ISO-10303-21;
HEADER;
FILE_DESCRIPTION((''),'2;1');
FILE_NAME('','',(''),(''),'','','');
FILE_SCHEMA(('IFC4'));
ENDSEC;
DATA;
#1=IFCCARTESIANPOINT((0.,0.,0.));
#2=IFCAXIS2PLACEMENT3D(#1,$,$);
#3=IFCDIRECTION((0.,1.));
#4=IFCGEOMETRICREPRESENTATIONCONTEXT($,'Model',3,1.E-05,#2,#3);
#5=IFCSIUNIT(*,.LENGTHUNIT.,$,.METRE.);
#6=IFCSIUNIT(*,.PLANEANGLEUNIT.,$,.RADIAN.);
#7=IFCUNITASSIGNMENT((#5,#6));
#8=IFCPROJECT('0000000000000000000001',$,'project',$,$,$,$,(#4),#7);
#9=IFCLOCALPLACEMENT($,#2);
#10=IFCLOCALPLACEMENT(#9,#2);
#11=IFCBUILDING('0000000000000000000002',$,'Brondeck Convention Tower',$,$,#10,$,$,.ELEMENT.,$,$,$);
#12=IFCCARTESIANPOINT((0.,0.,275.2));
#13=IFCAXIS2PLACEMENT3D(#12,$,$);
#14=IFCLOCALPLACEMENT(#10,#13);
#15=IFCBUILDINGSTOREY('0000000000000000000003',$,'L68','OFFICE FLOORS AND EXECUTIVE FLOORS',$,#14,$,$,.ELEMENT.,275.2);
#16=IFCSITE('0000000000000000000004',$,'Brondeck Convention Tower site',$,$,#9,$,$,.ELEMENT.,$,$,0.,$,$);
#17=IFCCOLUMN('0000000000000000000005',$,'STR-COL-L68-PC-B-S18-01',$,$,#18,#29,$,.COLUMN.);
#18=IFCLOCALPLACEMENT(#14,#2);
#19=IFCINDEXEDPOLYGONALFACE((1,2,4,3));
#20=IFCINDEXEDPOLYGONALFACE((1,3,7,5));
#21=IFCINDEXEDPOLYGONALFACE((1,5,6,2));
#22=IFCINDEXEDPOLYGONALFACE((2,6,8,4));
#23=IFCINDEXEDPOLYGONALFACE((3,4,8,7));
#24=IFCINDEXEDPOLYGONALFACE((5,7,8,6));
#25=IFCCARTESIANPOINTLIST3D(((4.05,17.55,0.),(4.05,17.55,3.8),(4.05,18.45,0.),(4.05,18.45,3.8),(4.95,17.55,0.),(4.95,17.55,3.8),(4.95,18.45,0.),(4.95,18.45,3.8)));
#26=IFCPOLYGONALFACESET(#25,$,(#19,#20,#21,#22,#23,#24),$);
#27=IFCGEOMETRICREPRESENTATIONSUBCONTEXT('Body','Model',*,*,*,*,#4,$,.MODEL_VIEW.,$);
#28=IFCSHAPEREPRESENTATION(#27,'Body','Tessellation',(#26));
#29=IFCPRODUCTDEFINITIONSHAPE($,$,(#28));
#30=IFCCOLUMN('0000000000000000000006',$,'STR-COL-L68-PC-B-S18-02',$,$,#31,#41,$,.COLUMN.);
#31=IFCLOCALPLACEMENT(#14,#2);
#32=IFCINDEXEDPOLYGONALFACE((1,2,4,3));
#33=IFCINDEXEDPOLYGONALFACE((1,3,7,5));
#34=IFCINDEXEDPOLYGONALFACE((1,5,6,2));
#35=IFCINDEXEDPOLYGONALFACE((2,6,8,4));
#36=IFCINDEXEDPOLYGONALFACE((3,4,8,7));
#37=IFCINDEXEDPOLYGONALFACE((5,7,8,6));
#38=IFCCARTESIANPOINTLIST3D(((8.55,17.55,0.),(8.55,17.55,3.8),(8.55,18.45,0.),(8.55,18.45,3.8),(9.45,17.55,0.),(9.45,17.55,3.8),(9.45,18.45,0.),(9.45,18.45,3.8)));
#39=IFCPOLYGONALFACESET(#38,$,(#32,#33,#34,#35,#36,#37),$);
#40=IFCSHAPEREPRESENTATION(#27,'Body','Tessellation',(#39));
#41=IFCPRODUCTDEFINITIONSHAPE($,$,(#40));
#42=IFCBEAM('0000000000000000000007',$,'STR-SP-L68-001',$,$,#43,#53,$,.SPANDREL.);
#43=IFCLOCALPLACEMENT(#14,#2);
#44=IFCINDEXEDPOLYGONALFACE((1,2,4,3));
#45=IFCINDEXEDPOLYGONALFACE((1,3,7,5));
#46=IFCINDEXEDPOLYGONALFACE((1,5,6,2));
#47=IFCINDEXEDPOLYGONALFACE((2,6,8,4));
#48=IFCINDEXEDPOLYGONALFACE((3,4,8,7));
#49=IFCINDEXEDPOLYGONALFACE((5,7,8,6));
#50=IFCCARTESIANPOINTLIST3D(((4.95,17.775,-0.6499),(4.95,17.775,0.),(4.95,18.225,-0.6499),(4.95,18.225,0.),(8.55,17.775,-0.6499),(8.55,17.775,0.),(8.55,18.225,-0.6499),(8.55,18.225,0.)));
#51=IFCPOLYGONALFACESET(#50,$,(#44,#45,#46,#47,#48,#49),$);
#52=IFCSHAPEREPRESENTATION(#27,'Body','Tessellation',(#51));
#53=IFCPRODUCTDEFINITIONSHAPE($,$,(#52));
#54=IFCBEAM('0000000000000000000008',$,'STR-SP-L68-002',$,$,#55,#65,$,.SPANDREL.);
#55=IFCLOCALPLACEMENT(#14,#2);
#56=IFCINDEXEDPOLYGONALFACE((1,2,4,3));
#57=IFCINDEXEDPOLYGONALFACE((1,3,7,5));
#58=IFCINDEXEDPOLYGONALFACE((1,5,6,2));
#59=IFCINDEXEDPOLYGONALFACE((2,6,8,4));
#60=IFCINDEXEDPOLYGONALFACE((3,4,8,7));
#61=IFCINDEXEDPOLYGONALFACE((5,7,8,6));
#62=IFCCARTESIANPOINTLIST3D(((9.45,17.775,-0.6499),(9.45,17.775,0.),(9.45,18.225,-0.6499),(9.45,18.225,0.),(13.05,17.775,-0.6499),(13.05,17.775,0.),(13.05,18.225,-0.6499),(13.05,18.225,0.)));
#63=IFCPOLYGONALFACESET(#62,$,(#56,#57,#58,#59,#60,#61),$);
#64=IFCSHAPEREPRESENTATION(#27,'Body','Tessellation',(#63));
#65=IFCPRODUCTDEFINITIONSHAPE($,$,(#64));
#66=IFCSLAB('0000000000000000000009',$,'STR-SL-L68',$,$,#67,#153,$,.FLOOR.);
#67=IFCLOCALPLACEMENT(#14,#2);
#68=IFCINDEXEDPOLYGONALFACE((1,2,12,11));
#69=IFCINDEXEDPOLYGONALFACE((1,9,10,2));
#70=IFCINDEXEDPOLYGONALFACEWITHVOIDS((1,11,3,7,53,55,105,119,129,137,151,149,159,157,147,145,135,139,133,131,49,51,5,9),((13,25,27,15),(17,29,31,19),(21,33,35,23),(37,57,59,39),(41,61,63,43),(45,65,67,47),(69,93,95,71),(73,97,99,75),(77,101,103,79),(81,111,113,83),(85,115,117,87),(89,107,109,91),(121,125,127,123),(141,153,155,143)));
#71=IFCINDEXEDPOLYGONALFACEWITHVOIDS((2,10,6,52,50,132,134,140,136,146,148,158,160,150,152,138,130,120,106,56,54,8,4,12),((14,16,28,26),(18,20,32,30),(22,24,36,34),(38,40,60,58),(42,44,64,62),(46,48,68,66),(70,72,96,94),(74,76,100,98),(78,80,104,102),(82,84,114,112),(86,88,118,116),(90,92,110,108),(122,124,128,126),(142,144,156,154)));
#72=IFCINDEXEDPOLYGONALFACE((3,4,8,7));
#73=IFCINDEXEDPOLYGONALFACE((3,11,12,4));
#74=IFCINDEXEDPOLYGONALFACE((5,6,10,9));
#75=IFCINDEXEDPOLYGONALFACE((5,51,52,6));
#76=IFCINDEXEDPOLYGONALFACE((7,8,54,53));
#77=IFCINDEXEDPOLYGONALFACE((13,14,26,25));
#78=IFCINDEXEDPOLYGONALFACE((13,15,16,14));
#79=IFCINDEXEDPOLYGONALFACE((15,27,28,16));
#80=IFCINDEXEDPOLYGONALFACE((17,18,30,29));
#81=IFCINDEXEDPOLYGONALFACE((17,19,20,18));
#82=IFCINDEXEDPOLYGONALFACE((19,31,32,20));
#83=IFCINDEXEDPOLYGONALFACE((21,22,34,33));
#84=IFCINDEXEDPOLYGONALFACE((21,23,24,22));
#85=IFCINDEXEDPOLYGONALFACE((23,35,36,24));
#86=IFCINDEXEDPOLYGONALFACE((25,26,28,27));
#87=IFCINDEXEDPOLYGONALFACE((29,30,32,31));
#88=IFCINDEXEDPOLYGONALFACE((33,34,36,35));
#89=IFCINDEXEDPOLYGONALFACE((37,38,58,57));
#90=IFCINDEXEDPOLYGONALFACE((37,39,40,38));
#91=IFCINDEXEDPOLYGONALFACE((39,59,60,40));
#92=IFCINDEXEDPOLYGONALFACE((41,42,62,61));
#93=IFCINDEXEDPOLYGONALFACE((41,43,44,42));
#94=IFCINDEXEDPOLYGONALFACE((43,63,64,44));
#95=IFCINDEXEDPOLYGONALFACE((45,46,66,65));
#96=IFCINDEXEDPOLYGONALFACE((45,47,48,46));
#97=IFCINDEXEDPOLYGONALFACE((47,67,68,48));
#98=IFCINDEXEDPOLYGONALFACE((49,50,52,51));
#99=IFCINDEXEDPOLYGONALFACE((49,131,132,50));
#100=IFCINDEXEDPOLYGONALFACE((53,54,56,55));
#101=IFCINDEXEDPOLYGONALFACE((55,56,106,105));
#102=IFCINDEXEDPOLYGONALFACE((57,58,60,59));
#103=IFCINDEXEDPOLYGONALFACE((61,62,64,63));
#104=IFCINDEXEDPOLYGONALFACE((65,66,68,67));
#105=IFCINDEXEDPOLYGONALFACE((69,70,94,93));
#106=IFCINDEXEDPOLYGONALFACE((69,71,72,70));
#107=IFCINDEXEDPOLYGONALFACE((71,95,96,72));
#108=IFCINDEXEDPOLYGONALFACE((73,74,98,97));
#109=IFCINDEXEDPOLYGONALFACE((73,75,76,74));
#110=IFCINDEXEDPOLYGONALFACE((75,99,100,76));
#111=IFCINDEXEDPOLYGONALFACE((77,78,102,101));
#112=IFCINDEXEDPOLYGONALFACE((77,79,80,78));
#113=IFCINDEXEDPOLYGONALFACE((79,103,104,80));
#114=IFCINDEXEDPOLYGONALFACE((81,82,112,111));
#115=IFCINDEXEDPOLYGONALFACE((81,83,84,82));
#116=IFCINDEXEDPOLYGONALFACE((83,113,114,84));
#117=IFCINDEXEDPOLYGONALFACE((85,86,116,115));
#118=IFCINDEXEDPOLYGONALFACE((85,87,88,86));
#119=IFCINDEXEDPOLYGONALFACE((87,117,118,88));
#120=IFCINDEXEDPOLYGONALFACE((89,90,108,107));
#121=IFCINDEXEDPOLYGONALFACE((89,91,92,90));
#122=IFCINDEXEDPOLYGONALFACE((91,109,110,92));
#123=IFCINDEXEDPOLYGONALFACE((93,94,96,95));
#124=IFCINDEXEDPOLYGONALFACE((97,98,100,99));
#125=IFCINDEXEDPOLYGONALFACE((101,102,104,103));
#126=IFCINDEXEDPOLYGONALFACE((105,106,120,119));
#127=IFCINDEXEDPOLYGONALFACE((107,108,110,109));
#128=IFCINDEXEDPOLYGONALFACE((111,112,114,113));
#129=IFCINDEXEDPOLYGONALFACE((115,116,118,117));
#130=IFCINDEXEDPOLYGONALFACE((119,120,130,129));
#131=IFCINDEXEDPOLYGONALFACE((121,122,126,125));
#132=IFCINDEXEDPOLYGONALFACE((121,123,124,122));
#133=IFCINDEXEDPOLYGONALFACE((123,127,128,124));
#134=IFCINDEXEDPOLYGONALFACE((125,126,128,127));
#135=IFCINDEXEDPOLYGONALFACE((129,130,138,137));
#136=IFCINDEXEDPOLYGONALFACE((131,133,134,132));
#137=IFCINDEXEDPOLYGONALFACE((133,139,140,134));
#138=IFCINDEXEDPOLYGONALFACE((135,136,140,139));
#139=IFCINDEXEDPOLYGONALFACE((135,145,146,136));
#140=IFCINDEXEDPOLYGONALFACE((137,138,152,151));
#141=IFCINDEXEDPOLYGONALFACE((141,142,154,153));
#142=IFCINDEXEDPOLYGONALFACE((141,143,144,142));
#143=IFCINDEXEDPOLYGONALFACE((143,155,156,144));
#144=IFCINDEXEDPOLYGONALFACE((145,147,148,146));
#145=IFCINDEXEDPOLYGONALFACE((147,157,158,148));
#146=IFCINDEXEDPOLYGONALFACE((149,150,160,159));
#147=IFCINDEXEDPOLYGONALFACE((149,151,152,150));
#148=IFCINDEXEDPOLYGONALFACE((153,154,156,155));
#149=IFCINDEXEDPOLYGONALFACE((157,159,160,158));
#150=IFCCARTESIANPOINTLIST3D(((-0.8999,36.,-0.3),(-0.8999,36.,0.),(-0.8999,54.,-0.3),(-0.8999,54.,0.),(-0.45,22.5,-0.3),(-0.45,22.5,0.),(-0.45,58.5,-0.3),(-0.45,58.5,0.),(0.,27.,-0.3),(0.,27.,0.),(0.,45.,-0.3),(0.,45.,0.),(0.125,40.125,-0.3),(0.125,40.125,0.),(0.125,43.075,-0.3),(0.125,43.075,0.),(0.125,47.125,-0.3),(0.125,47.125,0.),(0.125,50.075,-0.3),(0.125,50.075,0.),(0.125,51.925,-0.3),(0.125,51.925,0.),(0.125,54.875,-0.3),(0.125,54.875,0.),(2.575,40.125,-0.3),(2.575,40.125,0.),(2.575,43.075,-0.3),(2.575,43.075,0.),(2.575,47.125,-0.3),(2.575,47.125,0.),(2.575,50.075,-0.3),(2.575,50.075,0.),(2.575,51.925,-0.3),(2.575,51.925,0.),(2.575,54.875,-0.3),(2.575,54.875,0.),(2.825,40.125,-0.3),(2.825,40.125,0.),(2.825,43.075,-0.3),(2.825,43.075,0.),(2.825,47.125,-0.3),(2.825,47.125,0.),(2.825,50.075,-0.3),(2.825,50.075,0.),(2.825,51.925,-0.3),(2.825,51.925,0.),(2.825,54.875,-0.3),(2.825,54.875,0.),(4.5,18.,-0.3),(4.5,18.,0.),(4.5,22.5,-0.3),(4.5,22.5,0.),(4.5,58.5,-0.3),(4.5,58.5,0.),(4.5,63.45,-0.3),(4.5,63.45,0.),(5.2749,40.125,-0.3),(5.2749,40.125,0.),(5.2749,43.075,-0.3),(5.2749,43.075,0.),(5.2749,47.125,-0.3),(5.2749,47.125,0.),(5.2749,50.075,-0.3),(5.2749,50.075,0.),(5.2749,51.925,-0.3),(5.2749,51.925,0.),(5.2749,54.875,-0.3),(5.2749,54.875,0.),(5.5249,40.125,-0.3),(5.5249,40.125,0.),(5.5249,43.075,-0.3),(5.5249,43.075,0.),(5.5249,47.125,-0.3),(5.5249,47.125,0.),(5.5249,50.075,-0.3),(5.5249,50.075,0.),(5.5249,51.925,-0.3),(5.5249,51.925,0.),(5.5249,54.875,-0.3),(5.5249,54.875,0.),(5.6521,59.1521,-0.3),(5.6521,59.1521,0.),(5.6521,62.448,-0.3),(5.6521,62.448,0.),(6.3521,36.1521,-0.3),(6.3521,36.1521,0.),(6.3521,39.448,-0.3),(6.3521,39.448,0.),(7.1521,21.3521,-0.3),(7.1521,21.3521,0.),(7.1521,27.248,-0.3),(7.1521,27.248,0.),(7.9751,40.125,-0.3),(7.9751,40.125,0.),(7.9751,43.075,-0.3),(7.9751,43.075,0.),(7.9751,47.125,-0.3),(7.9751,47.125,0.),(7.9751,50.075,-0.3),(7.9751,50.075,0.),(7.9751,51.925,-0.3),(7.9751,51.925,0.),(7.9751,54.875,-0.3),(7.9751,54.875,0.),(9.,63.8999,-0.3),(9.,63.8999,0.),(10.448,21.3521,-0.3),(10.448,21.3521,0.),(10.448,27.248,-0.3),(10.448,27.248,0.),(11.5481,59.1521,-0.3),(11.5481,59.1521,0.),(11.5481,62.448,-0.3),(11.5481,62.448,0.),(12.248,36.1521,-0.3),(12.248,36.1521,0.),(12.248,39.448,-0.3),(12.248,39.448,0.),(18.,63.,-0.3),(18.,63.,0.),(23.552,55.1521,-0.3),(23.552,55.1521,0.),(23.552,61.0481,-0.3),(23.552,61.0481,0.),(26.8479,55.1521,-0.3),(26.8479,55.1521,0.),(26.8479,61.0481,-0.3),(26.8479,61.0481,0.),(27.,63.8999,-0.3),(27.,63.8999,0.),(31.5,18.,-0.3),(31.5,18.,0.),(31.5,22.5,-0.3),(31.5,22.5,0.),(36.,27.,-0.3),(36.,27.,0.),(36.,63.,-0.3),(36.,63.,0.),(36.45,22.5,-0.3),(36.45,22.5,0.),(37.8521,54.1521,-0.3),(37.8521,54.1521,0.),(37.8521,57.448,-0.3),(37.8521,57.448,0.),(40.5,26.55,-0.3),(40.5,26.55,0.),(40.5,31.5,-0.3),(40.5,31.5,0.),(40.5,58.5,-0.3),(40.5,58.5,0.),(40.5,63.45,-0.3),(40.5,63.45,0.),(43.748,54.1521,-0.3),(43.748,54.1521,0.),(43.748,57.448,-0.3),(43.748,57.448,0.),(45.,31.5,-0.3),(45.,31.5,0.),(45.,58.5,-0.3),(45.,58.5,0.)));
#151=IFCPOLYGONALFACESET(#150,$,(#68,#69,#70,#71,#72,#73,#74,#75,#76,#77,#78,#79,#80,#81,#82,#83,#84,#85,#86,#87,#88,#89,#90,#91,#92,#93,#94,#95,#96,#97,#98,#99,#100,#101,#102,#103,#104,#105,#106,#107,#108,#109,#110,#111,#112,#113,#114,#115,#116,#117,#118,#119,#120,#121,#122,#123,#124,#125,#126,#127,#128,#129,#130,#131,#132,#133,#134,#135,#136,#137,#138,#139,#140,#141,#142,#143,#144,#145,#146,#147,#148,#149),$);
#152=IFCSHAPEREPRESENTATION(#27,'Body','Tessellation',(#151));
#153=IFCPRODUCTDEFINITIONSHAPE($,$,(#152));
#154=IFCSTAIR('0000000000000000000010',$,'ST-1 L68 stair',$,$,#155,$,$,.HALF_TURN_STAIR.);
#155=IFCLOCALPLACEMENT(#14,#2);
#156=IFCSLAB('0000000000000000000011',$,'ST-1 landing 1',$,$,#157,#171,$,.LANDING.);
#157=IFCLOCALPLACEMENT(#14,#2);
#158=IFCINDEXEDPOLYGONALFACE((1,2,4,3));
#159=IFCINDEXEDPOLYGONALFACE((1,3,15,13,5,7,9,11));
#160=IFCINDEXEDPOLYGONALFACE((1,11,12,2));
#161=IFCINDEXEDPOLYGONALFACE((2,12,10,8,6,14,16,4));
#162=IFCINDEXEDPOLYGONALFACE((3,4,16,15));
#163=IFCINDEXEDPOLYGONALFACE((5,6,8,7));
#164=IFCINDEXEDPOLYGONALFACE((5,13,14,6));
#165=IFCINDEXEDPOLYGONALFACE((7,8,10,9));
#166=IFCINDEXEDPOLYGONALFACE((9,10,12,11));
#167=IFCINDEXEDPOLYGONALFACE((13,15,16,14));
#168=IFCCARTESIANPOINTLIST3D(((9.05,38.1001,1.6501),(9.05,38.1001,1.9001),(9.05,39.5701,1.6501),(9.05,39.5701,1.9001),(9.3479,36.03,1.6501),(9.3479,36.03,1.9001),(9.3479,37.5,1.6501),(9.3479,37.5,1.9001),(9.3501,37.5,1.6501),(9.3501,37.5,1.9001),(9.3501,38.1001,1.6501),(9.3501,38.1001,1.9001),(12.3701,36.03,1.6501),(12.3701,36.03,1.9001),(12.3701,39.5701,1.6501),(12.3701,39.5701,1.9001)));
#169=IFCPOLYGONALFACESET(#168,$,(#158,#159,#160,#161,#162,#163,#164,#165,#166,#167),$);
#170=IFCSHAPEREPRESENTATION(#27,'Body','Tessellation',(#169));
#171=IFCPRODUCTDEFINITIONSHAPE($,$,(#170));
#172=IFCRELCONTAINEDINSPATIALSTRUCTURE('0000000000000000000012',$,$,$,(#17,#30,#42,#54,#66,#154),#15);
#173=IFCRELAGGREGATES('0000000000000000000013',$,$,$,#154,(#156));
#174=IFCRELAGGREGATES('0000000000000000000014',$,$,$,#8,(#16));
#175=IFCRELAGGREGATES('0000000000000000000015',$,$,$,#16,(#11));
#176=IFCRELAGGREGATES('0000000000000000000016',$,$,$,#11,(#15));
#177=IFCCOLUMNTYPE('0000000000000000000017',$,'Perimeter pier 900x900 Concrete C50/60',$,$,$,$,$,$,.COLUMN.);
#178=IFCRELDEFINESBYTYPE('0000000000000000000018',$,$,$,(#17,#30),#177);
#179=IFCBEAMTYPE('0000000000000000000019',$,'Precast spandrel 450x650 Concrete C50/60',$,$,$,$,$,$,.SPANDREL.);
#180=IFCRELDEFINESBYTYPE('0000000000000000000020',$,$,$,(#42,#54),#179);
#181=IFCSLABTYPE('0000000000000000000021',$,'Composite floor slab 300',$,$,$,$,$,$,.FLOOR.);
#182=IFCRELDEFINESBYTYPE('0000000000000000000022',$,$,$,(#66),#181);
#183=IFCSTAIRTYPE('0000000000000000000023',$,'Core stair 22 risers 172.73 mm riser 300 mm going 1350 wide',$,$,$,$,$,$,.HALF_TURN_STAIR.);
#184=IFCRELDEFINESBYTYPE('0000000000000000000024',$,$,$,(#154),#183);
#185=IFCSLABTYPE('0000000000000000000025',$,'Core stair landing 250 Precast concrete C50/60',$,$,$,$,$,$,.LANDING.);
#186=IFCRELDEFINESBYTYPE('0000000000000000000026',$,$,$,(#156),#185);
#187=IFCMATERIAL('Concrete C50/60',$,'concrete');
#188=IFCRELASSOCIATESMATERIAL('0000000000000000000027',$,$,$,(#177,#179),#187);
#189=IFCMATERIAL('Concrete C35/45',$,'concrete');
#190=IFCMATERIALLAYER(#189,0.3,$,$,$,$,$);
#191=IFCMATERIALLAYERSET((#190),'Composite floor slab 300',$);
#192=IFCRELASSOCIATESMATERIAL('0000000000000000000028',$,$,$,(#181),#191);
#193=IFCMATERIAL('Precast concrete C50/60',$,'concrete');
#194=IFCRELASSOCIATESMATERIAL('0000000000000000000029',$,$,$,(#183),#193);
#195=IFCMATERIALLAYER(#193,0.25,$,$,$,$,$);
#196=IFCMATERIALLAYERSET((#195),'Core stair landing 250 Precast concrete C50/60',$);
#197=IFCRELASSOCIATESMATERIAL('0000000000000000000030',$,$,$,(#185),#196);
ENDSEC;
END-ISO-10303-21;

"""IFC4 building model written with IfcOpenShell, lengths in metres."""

from ifc_helpers import new_model, si_unit, direction, frame, origin, origin_2d, place, context, subcontext, project, spatial, polyline, rectangle, outline, extrude, material, layer, layer_set, material_profile, profile_set, type_object, element, aggregate, save


model = new_model("IFC4")

# Units and contexts
model_context = context("Model", 3, precision=1e-05, world=origin(), true_north=direction((0.0, 1.0)))
body_context = subcontext(model_context, "Body", "Model", "MODEL_VIEW")
ifc_project = project(units=[si_unit("LENGTHUNIT", "METRE"), si_unit("PLANEANGLEUNIT", "RADIAN")], contexts=[model_context])

# Site, building, storey
site_placement = place(None, origin())
site = spatial("IfcSite", under=ifc_project, at=site_placement, Name="Brondeck Convention Tower site", CompositionType="ELEMENT", RefElevation=0.0)
building_placement = place(site_placement, origin())
building = spatial("IfcBuilding", under=site, at=building_placement, Name="Brondeck Convention Tower", CompositionType="ELEMENT")
storey_placement = place(building_placement, frame((0.0, 0.0, 275.2)))
storey = spatial("IfcBuildingStorey", under=building, at=storey_placement, Name="L68", Description="OFFICE FLOORS AND EXECUTIVE FLOORS", CompositionType="ELEMENT", Elevation=275.2)

# Columns
ifc_material_1 = material(Name="Concrete C50/60", Category="concrete")
ifc_material_profile_1 = material_profile(ifc_material_1, rectangle(XDim=0.8999, YDim=0.8999, at=origin_2d()), Name="Perimeter pier 900x900 Concrete C50/60")
ifc_profile_set_1 = profile_set([ifc_material_profile_1], Name="Concrete C50/60")
column_type = type_object("IfcColumnType", Name="Perimeter pier 900x900 Concrete C50/60", PredefinedType="COLUMN", material=ifc_profile_set_1)
for number, where, z_axis, x_axis, name in (
    (1, (4.5, 18.0, 0.0), (0.0, 0.0, 1.0), (1.0, 0.0, 0.0), "STR-COL-L68-PC-B-S18-01"),
    (2, (9.0, 18.0, 0.0), (0.0, 0.0, 1.0), (1.0, 0.0, 0.0), "STR-COL-L68-PC-B-S18-02"),
):
    element("IfcColumn", number, at=place(storey_placement, frame(where, z_axis=z_axis, x_axis=x_axis)), inside=storey, type_object=column_type, Name=name, PredefinedType="COLUMN", context=body_context, shape_type="SweptSolid", body=[
        extrude(rectangle(XDim=0.8999, YDim=0.8999, at=origin_2d()), origin(), (0.0, 0.0, 1.0), 3.8),
    ])

# Beams
ifc_material_profile_2 = material_profile(ifc_material_1, rectangle(XDim=0.45, YDim=0.6499, at=origin_2d()), Name="Precast spandrel 450x650 Concrete C50/60")
ifc_profile_set_2 = profile_set([ifc_material_profile_2], Name="Concrete C50/60")
beam_type = type_object("IfcBeamType", Name="Precast spandrel 450x650 Concrete C50/60", PredefinedType="SPANDREL", material=ifc_profile_set_2)
for number, where, z_axis, x_axis, name in (
    (3, (4.95, 18.0, -0.325), (1.0, 0.0, 0.0), (0.0, 1.0, 0.0), "STR-SP-L68-001"),
    (4, (9.45, 18.0, -0.325), (1.0, 0.0, 0.0), (0.0, 1.0, 0.0), "STR-SP-L68-002"),
):
    element("IfcBeam", number, at=place(storey_placement, frame(where, z_axis=z_axis, x_axis=x_axis)), inside=storey, type_object=beam_type, Name=name, PredefinedType="SPANDREL", context=body_context, shape_type="SweptSolid", body=[
        extrude(rectangle(XDim=0.45, YDim=0.6499, at=origin_2d()), origin(), (0.0, 0.0, 1.0), 3.6001),
    ])

# Slab
ifc_material_2 = material(Name="Concrete C35/45", Category="concrete")
ifc_layer_1 = layer(ifc_material_2, 0.3)
ifc_layer_set_1 = layer_set([ifc_layer_1], Name="Composite floor slab 300")
slab_type_1 = type_object("IfcSlabType", Name="Composite floor slab 300", PredefinedType="FLOOR", material=ifc_layer_set_1)
slab_1_placement = place(storey_placement, frame((0.0, 0.0, -0.3)))
element("IfcSlab", 5, at=slab_1_placement, inside=storey, type_object=slab_type_1, Name="STR-SL-L68", PredefinedType="FLOOR", context=body_context, shape_type="SweptSolid", body=[
    extrude(outline(polyline([(4.5, 22.5), (-0.45, 22.5), (0.0, 27.0), (-0.8999, 36.0), (0.0, 45.0), (-0.8999, 54.0), (-0.45, 58.5), (4.5, 58.5), (4.5, 63.45), (9.0, 63.8999), (18.0, 63.0), (27.0, 63.8999), (36.0, 63.0), (40.5, 63.45), (40.5, 58.5), (45.0, 58.5), (45.0, 31.5), (40.5, 31.5), (40.5, 26.55), (36.0, 27.0), (36.45, 22.5), (31.5, 22.5), (31.5, 18.0), (4.5, 18.0), (4.5, 22.5)]), holes=[polyline([(2.575, 43.075), (0.125, 43.075), (0.125, 40.125), (2.575, 40.125), (2.575, 43.075)]), polyline([(5.2749, 40.125), (5.2749, 43.075), (2.825, 43.075), (2.825, 40.125), (5.2749, 40.125)]), polyline([(7.9751, 40.125), (7.9751, 43.075), (5.5249, 43.075), (5.5249, 40.125), (7.9751, 40.125)]), polyline([(2.575, 47.125), (2.575, 50.075), (0.125, 50.075), (0.125, 47.125), (2.575, 47.125)]), polyline([(5.2749, 47.125), (5.2749, 50.075), (2.825, 50.075), (2.825, 47.125), (5.2749, 47.125)]), polyline([(2.575, 51.925), (2.575, 54.875), (0.125, 54.875), (0.125, 51.925), (2.575, 51.925)]), polyline([(5.2749, 51.925), (5.2749, 54.875), (2.825, 54.875), (2.825, 51.925), (5.2749, 51.925)]), polyline([(7.1521, 27.248), (7.1521, 21.3521), (10.448, 21.3521), (10.448, 27.248), (7.1521, 27.248)]), polyline([(12.248, 36.1521), (12.248, 39.448), (6.3521, 39.448), (6.3521, 36.1521), (12.248, 36.1521)]), polyline([(7.9751, 47.125), (7.9751, 50.075), (5.5249, 50.075), (5.5249, 47.125), (7.9751, 47.125)]), polyline([(7.9751, 51.925), (7.9751, 54.875), (5.5249, 54.875), (5.5249, 51.925), (7.9751, 51.925)]), polyline([(43.748, 54.1521), (43.748, 57.448), (37.8521, 57.448), (37.8521, 54.1521), (43.748, 54.1521)]), polyline([(23.552, 55.1521), (26.8479, 55.1521), (26.8479, 61.0481), (23.552, 61.0481), (23.552, 55.1521)]), polyline([(5.6521, 62.448), (5.6521, 59.1521), (11.5481, 59.1521), (11.5481, 62.448), (5.6521, 62.448)])]), origin(), (0.0, 0.0, 1.0), 0.3),
])

# Stair, slab
ifc_material_3 = material(Name="Precast concrete C50/60", Category="concrete")
stair_type = type_object("IfcStairType", Name="Core stair 22 risers 172.73 mm riser 300 mm going 1350 wide", PredefinedType="HALF_TURN_STAIR", material=ifc_material_3)
stair_1_placement = place(storey_placement, origin())
stair_1 = element("IfcStair", 6, at=stair_1_placement, inside=storey, type_object=stair_type, Name="ST-1 L68 stair", PredefinedType="HALF_TURN_STAIR")
ifc_layer_2 = layer(ifc_material_3, 0.25)
ifc_layer_set_2 = layer_set([ifc_layer_2], Name="Core stair landing 250 Precast concrete C50/60")
slab_type_2 = type_object("IfcSlabType", Name="Core stair landing 250 Precast concrete C50/60", PredefinedType="LANDING", material=ifc_layer_set_2)
slab_2_placement = place(storey_placement, frame((0.0, 0.0, 1.6501)))
slab_2 = element("IfcSlab", 7, at=slab_2_placement, type_object=slab_type_2, Name="ST-1 landing 1", PredefinedType="LANDING", context=body_context, shape_type="SweptSolid", body=[
    extrude(outline(polyline([(9.3479, 37.5), (9.3501, 37.5), (9.3501, 38.1001), (9.05, 38.1001), (9.05, 39.5701), (12.3701, 39.5701), (12.3701, 36.03), (9.3479, 36.03), (9.3479, 37.5)])), origin(), (0.0, 0.0, 1.0), 0.25),
])
aggregate(stair_1, [slab_2])

save(model, "model.ifc")
